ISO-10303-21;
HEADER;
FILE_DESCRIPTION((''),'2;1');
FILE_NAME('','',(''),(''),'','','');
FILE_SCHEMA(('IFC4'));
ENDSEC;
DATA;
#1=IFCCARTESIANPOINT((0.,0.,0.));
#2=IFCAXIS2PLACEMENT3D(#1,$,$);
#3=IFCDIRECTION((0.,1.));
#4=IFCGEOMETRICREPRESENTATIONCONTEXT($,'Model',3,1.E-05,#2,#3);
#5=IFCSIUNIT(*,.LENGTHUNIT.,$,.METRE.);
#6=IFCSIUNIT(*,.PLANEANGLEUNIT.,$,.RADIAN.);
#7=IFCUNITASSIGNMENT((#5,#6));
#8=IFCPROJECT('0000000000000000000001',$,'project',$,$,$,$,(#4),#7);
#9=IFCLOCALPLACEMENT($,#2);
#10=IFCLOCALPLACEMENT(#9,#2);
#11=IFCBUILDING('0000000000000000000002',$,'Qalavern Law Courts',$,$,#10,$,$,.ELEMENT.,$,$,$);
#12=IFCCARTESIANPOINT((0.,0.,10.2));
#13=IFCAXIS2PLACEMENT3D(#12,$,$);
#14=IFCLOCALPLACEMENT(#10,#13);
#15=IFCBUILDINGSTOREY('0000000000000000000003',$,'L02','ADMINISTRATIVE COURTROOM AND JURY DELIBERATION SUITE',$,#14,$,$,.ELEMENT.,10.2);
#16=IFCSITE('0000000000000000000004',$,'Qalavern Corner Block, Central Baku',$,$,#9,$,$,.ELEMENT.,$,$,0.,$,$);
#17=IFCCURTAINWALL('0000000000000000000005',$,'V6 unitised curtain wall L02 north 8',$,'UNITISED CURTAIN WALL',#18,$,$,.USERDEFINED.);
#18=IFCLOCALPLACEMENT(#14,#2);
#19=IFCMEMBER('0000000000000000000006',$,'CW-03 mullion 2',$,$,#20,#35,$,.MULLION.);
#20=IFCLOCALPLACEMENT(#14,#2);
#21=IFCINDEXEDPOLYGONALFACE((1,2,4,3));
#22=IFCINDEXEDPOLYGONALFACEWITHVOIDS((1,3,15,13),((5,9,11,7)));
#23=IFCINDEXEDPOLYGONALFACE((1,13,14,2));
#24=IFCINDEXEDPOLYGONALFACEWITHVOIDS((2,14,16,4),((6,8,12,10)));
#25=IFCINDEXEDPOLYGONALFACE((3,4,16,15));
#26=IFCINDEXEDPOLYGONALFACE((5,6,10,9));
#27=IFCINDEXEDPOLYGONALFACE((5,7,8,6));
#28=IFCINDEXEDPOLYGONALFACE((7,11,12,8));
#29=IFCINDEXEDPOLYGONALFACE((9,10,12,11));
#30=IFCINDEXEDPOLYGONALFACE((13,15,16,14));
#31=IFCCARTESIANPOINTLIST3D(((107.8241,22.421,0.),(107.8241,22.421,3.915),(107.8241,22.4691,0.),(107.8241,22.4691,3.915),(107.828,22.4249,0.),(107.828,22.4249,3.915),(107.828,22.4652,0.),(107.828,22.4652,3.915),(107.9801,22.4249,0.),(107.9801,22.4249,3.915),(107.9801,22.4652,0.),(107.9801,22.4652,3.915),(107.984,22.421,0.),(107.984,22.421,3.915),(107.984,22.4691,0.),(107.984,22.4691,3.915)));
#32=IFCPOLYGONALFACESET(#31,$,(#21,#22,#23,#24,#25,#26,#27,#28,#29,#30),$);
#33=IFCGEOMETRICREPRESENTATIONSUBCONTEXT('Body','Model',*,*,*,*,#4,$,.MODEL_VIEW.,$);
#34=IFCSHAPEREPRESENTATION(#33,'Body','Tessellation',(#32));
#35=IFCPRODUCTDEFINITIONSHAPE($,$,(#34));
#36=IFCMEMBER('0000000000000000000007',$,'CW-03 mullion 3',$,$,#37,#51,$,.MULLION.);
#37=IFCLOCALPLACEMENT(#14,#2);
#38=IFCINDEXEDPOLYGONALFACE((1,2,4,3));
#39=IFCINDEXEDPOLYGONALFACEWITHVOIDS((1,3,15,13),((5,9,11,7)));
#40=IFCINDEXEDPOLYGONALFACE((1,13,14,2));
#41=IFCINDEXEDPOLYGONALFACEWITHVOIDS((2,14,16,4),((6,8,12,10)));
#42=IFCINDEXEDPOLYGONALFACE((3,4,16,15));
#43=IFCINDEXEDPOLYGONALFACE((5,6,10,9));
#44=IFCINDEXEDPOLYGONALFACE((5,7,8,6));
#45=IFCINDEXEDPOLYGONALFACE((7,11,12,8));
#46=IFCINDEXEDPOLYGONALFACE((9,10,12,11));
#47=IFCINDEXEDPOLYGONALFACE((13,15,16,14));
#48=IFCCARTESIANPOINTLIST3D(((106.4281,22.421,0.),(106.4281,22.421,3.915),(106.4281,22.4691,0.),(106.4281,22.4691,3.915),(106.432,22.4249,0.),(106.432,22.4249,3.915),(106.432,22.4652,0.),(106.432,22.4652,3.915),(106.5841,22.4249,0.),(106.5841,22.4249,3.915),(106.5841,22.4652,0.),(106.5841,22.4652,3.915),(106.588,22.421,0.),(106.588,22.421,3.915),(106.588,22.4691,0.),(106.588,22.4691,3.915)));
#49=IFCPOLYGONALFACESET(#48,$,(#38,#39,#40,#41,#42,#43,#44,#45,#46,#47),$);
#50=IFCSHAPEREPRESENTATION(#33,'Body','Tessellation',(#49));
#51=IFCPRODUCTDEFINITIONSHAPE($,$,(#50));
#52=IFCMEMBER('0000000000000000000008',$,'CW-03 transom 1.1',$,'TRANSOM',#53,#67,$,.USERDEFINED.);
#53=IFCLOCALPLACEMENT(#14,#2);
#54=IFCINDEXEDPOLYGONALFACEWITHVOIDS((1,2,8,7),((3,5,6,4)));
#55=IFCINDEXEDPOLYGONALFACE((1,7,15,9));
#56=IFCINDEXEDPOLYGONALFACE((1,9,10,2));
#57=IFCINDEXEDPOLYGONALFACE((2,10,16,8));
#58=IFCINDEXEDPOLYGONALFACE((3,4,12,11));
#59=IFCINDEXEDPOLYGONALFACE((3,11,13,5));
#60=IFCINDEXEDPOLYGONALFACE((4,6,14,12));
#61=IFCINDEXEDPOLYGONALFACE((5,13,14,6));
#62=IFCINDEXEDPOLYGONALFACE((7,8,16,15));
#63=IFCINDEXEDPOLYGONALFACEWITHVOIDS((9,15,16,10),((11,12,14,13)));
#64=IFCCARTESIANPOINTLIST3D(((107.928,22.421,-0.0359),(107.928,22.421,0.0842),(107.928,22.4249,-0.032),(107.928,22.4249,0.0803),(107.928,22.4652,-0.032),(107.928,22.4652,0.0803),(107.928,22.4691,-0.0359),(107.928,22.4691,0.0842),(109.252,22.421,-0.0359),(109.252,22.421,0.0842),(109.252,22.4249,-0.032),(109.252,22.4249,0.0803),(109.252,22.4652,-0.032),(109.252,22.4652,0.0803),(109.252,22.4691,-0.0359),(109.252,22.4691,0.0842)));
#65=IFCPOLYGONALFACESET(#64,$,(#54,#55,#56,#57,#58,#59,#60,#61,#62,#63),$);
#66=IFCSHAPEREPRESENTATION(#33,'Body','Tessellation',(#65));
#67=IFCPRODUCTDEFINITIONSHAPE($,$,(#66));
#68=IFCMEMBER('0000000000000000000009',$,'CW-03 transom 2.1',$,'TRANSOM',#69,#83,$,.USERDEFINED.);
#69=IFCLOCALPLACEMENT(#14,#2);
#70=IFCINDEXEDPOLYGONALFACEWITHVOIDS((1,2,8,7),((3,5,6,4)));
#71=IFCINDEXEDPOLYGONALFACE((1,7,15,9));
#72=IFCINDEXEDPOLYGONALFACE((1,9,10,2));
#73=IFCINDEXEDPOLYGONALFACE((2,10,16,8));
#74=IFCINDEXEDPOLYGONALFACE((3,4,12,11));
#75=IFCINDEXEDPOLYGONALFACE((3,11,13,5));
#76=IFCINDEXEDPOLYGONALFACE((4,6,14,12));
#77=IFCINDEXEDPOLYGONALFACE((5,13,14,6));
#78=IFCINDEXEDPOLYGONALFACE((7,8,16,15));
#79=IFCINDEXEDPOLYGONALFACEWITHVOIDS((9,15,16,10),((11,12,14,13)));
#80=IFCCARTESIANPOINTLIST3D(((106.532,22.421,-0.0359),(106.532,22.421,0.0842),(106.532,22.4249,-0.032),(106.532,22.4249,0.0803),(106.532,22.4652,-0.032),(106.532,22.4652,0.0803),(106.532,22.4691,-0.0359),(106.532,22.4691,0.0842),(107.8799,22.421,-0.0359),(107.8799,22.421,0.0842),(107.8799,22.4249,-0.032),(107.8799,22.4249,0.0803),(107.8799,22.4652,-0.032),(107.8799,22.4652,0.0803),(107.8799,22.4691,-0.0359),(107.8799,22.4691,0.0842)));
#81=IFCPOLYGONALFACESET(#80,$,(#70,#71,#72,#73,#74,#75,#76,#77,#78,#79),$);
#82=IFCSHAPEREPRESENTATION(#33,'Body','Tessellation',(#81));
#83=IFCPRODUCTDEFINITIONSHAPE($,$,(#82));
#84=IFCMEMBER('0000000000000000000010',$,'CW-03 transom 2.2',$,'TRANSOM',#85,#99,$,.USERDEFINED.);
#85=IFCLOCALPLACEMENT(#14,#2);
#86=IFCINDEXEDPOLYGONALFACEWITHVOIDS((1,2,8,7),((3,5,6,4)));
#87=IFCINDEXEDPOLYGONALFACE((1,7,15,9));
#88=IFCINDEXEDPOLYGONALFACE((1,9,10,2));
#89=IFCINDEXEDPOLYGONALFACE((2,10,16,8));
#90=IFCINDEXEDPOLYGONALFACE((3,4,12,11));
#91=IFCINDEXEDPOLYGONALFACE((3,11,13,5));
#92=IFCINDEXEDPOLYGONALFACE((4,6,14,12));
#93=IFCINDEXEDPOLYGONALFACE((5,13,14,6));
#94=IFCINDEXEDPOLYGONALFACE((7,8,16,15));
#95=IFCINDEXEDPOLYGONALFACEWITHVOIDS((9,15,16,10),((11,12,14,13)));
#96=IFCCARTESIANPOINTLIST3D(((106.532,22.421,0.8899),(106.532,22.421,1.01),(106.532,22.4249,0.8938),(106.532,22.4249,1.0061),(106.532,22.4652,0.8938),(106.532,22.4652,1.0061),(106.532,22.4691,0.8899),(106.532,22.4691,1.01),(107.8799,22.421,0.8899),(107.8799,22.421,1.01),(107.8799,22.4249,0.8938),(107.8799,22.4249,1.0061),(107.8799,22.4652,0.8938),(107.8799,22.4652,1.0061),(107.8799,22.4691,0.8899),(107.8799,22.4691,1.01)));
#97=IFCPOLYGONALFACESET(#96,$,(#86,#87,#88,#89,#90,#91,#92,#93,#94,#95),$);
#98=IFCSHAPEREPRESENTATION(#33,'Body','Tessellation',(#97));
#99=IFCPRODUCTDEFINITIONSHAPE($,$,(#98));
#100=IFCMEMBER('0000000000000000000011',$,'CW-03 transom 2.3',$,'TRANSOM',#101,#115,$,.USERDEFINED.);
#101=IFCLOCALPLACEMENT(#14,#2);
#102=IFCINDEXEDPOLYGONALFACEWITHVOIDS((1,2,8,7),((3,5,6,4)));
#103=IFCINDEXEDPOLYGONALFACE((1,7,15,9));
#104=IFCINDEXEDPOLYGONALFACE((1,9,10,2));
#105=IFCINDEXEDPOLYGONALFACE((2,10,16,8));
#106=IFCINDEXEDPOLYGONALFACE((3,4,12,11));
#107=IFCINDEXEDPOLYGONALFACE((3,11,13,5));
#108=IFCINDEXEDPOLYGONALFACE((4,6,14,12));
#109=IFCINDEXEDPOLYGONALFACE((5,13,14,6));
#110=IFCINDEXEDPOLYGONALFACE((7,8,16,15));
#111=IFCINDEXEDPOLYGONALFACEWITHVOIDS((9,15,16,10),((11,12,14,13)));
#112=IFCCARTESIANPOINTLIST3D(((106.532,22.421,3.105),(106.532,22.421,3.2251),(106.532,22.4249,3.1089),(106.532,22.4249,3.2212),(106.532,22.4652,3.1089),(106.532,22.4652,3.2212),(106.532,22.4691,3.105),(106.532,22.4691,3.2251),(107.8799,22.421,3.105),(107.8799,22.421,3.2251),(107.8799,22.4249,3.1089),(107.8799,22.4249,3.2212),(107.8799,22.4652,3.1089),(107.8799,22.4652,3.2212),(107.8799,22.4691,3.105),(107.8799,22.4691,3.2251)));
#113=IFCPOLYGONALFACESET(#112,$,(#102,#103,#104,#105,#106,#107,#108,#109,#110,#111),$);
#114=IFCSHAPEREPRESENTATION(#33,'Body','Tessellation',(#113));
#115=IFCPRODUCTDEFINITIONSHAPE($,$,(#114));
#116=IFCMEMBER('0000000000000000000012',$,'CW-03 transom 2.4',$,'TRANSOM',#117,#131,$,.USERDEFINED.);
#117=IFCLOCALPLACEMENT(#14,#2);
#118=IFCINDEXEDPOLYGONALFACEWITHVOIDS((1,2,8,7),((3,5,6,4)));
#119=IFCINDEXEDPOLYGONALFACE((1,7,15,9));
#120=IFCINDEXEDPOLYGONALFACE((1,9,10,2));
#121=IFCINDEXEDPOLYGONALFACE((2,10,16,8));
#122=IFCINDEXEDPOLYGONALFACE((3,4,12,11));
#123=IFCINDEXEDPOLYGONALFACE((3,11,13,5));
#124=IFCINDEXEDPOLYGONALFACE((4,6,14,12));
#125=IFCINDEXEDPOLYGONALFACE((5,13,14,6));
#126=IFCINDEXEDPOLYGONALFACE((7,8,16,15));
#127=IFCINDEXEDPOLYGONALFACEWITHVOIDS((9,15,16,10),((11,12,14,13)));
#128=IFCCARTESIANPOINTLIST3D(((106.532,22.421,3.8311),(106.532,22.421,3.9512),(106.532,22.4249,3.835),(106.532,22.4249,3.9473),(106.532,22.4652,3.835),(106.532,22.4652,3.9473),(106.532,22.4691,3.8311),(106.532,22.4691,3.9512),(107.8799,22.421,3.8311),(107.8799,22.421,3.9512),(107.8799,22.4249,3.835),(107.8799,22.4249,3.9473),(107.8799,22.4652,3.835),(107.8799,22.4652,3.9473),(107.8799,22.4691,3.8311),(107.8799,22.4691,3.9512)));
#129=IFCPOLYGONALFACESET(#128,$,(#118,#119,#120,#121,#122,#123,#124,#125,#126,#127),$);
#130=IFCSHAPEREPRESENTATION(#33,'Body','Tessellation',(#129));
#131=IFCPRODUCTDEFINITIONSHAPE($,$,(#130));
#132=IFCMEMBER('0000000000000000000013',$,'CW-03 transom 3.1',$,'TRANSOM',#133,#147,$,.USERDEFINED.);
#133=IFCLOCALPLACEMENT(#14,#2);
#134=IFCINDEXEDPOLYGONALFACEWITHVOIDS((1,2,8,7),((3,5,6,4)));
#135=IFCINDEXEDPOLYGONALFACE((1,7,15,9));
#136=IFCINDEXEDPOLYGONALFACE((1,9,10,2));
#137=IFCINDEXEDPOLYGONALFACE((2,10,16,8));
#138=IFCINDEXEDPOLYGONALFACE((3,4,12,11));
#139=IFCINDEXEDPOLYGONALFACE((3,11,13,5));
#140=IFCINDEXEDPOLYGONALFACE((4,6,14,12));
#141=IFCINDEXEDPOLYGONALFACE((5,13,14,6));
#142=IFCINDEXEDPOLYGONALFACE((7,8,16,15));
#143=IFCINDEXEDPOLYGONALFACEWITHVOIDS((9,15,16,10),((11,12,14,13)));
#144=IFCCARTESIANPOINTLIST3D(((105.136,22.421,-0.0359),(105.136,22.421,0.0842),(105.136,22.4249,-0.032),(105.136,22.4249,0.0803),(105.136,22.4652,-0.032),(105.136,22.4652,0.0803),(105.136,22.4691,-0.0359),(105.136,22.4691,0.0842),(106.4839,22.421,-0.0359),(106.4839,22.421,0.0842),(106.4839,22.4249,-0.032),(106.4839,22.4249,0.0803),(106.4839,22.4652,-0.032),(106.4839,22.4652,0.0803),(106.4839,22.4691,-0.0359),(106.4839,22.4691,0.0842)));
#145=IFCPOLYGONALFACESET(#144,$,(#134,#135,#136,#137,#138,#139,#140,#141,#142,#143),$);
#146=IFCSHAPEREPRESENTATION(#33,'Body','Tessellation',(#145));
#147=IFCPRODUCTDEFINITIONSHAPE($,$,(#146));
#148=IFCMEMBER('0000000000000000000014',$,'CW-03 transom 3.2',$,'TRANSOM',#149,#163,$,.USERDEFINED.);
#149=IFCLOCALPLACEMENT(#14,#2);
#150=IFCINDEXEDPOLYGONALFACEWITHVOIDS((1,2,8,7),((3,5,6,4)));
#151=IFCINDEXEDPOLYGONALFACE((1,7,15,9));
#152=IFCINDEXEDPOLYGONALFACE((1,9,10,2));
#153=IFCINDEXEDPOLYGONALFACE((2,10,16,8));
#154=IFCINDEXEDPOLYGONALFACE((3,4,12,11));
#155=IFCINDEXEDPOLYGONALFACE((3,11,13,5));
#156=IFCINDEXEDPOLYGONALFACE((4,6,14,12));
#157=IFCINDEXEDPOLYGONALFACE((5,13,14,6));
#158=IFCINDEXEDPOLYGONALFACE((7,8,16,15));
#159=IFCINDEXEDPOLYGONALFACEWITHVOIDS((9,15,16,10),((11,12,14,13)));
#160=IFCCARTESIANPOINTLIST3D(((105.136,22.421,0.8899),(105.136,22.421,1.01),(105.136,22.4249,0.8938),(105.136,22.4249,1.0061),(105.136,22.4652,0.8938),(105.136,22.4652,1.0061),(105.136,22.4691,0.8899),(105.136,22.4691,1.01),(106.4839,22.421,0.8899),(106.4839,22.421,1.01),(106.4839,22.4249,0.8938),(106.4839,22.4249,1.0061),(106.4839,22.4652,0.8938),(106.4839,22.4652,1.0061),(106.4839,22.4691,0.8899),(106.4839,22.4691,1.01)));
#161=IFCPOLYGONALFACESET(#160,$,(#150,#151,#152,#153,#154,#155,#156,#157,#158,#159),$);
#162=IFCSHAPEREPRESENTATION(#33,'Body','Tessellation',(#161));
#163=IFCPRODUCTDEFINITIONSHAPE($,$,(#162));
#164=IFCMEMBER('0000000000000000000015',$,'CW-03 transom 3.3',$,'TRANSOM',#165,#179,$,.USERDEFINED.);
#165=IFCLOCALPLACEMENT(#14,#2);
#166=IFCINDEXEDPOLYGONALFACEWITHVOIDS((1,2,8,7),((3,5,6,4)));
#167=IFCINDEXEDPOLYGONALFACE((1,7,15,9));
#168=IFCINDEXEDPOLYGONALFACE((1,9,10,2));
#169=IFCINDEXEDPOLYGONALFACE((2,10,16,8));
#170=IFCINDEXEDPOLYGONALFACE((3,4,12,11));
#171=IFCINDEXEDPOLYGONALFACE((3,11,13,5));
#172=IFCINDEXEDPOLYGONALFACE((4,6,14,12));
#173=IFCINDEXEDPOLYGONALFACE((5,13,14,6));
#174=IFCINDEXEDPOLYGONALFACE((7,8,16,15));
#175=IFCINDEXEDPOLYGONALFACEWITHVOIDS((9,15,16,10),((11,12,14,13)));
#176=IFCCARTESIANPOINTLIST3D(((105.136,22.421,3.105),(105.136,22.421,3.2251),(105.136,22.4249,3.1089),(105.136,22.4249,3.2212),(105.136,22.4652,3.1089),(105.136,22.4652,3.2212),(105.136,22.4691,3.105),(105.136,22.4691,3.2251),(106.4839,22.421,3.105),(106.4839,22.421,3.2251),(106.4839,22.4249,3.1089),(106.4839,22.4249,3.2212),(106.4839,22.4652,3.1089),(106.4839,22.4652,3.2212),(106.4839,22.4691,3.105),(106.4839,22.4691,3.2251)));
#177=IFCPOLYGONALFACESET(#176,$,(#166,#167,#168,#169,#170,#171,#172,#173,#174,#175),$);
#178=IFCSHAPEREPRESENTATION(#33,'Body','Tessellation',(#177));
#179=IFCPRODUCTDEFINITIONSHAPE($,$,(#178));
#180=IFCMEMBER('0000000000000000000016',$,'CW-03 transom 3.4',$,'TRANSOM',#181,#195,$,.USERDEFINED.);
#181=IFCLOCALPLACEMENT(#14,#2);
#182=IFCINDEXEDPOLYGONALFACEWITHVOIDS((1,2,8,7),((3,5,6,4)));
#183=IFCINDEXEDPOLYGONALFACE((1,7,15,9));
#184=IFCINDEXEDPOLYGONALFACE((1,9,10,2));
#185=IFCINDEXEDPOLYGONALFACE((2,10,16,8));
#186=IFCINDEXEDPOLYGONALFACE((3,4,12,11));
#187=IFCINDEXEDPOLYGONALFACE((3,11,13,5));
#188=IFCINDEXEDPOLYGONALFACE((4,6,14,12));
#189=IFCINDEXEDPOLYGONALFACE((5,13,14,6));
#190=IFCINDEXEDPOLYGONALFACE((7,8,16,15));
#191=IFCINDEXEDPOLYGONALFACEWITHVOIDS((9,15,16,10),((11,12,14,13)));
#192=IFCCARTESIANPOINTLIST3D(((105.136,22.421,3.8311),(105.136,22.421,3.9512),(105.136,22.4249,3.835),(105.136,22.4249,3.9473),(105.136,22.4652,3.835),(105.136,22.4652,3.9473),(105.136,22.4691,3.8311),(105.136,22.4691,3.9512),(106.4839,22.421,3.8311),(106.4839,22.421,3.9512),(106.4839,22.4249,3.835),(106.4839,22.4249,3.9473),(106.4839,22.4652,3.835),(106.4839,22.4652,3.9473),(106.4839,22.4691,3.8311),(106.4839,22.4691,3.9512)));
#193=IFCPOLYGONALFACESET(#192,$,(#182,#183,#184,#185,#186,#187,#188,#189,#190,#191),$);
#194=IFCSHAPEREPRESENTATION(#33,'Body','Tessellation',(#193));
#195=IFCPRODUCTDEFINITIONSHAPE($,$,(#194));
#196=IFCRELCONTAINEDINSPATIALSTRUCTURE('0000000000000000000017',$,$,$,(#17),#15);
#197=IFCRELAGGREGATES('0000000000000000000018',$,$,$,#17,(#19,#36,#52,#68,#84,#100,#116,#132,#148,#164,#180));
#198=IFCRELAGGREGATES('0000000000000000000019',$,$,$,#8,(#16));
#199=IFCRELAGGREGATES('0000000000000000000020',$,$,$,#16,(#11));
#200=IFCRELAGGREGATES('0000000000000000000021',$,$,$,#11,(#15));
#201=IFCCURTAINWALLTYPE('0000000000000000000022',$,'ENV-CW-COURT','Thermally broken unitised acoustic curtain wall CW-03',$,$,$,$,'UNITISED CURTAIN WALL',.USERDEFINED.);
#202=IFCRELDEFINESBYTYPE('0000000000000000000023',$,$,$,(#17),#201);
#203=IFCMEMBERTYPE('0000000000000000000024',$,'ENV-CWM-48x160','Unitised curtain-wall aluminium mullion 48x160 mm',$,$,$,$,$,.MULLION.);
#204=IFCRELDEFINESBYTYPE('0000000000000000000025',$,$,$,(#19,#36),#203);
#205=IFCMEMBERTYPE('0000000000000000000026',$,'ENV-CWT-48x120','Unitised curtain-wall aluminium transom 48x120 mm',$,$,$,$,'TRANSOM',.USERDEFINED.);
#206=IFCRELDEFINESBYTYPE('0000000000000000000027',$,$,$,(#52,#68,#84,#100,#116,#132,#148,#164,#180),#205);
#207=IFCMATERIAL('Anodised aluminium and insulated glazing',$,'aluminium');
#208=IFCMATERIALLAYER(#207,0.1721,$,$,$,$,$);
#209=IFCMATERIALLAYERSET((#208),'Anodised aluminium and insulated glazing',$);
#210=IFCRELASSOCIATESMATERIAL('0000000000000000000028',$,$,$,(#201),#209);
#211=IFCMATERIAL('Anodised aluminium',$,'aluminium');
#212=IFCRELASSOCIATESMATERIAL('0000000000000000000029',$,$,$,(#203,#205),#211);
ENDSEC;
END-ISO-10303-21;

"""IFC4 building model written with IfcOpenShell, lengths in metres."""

from ifc_helpers import new_model, si_unit, direction, frame, origin, origin_2d, place, context, subcontext, project, spatial, hollow_rectangle, extrude, material, layer, layer_set, material_profile, profile_set, type_object, element, aggregate, save


model = new_model("IFC4")

# Units and contexts
model_context = context("Model", 3, precision=1e-05, world=origin(), true_north=direction((0.0, 1.0)))
body_context = subcontext(model_context, "Body", "Model", "MODEL_VIEW")
ifc_project = project(units=[si_unit("LENGTHUNIT", "METRE"), si_unit("PLANEANGLEUNIT", "RADIAN")], contexts=[model_context])

# Site, building, storey
site_placement = place(None, origin())
site = spatial("IfcSite", under=ifc_project, at=site_placement, Name="Qalavern Corner Block, Central Baku", CompositionType="ELEMENT", RefElevation=0.0)
building_placement = place(site_placement, origin())
building = spatial("IfcBuilding", under=site, at=building_placement, Name="Qalavern Law Courts", CompositionType="ELEMENT")
storey_placement = place(building_placement, frame((0.0, 0.0, 10.2)))
storey = spatial("IfcBuildingStorey", under=building, at=storey_placement, Name="L02", Description="ADMINISTRATIVE COURTROOM AND JURY DELIBERATION SUITE", CompositionType="ELEMENT", Elevation=10.2)

# Curtain wall, members
ifc_material_1 = material(Name="Anodised aluminium and insulated glazing", Category="aluminium")
ifc_layer_1 = layer(ifc_material_1, 0.1721)
ifc_layer_set_1 = layer_set([ifc_layer_1], Name="Anodised aluminium and insulated glazing")
curtain_wall_type = type_object("IfcCurtainWallType", Name="ENV-CW-COURT", Description="Thermally broken unitised acoustic curtain wall CW-03", ElementType="UNITISED CURTAIN WALL", PredefinedType="USERDEFINED", material=ifc_layer_set_1)
curtain_wall_placement = place(storey_placement, origin())
curtain_wall = element("IfcCurtainWall", 1, at=curtain_wall_placement, inside=storey, type_object=curtain_wall_type, Name="V6 unitised curtain wall L02 north 8", ObjectType="UNITISED CURTAIN WALL", PredefinedType="USERDEFINED")
ifc_material_2 = material(Name="Anodised aluminium", Category="aluminium")
ifc_material_profile_1 = material_profile(ifc_material_2, hollow_rectangle(XDim=0.0481, YDim=0.1599, WallThickness=0.0039, at=origin_2d()), Name="ALU MULLION 48x160")
ifc_profile_set_1 = profile_set([ifc_material_profile_1], Name="Anodised aluminium")
member_type_1 = type_object("IfcMemberType", Name="ENV-CWM-48x160", Description="Unitised curtain-wall aluminium mullion 48x160 mm", PredefinedType="MULLION", material=ifc_profile_set_1)
member_1_placement = place(storey_placement, frame((107.9041, 22.4451, 0.0), z_axis=(0.0, 0.0, 1.0), x_axis=(0.0, -1.0, 0.0)))
member_1 = element("IfcMember", 2, at=member_1_placement, type_object=member_type_1, Name="CW-03 mullion 2", PredefinedType="MULLION", context=body_context, shape_type="SweptSolid", body=[
    extrude(hollow_rectangle(XDim=0.0481, YDim=0.1599, WallThickness=0.0039, at=origin_2d()), origin(), (0.0, 0.0, 1.0), 3.915),
])
member_2_placement = place(storey_placement, frame((106.5081, 22.4451, 0.0), z_axis=(0.0, 0.0, 1.0), x_axis=(0.0, -1.0, 0.0)))
member_2 = element("IfcMember", 3, at=member_2_placement, type_object=member_type_1, Name="CW-03 mullion 3", PredefinedType="MULLION", context=body_context, shape_type="SweptSolid", body=[
    extrude(hollow_rectangle(XDim=0.0481, YDim=0.1599, WallThickness=0.0039, at=origin_2d()), origin(), (0.0, 0.0, 1.0), 3.915),
])
ifc_material_profile_2 = material_profile(ifc_material_2, hollow_rectangle(XDim=0.0481, YDim=0.1201, WallThickness=0.0039, at=origin_2d()), Name="ALU TRANSOM 48x120")
ifc_profile_set_2 = profile_set([ifc_material_profile_2], Name="Anodised aluminium")
member_type_2 = type_object("IfcMemberType", Name="ENV-CWT-48x120", Description="Unitised curtain-wall aluminium transom 48x120 mm", ElementType="TRANSOM", PredefinedType="USERDEFINED", material=ifc_profile_set_2)
member_3_placement = place(storey_placement, frame((109.252, 22.4451, 0.0242), z_axis=(-1.0, 0.0, 0.0), x_axis=(0.0, -1.0, 0.0)))
member_3 = element("IfcMember", 4, at=member_3_placement, type_object=member_type_2, Name="CW-03 transom 1.1", ObjectType="TRANSOM", PredefinedType="USERDEFINED", context=body_context, shape_type="SweptSolid", body=[
    extrude(hollow_rectangle(XDim=0.0481, YDim=0.1201, WallThickness=0.0039, at=origin_2d()), origin(), (0.0, 0.0, 1.0), 1.324),
])
member_4_placement = place(storey_placement, frame((107.8799, 22.4451, 0.0242), z_axis=(-1.0, 0.0, 0.0), x_axis=(0.0, -1.0, 0.0)))
member_4 = element("IfcMember", 5, at=member_4_placement, type_object=member_type_2, Name="CW-03 transom 2.1", ObjectType="TRANSOM", PredefinedType="USERDEFINED", context=body_context, shape_type="SweptSolid", body=[
    extrude(hollow_rectangle(XDim=0.0481, YDim=0.1201, WallThickness=0.0039, at=origin_2d()), origin(), (0.0, 0.0, 1.0), 1.3479),
])
member_5_placement = place(storey_placement, frame((107.8799, 22.4451, 0.95), z_axis=(-1.0, 0.0, 0.0), x_axis=(0.0, -1.0, 0.0)))
member_5 = element("IfcMember", 6, at=member_5_placement, type_object=member_type_2, Name="CW-03 transom 2.2", ObjectType="TRANSOM", PredefinedType="USERDEFINED", context=body_context, shape_type="SweptSolid", body=[
    extrude(hollow_rectangle(XDim=0.0481, YDim=0.1201, WallThickness=0.0039, at=origin_2d()), origin(), (0.0, 0.0, 1.0), 1.3479),
])
member_6_placement = place(storey_placement, frame((107.8799, 22.4451, 3.165), z_axis=(-1.0, 0.0, 0.0), x_axis=(0.0, -1.0, 0.0)))
member_6 = element("IfcMember", 7, at=member_6_placement, type_object=member_type_2, Name="CW-03 transom 2.3", ObjectType="TRANSOM", PredefinedType="USERDEFINED", context=body_context, shape_type="SweptSolid", body=[
    extrude(hollow_rectangle(XDim=0.0481, YDim=0.1201, WallThickness=0.0039, at=origin_2d()), origin(), (0.0, 0.0, 1.0), 1.3479),
])
member_7_placement = place(storey_placement, frame((107.8799, 22.4451, 3.8911), z_axis=(-1.0, 0.0, 0.0), x_axis=(0.0, -1.0, 0.0)))
member_7 = element("IfcMember", 8, at=member_7_placement, type_object=member_type_2, Name="CW-03 transom 2.4", ObjectType="TRANSOM", PredefinedType="USERDEFINED", context=body_context, shape_type="SweptSolid", body=[
    extrude(hollow_rectangle(XDim=0.0481, YDim=0.1201, WallThickness=0.0039, at=origin_2d()), origin(), (0.0, 0.0, 1.0), 1.3479),
])
member_8_placement = place(storey_placement, frame((106.4839, 22.4451, 0.0242), z_axis=(-1.0, 0.0, 0.0), x_axis=(0.0, -1.0, 0.0)))
member_8 = element("IfcMember", 9, at=member_8_placement, type_object=member_type_2, Name="CW-03 transom 3.1", ObjectType="TRANSOM", PredefinedType="USERDEFINED", context=body_context, shape_type="SweptSolid", body=[
    extrude(hollow_rectangle(XDim=0.0481, YDim=0.1201, WallThickness=0.0039, at=origin_2d()), origin(), (0.0, 0.0, 1.0), 1.3479),
])
member_9_placement = place(storey_placement, frame((106.4839, 22.4451, 0.95), z_axis=(-1.0, 0.0, 0.0), x_axis=(0.0, -1.0, 0.0)))
member_9 = element("IfcMember", 10, at=member_9_placement, type_object=member_type_2, Name="CW-03 transom 3.2", ObjectType="TRANSOM", PredefinedType="USERDEFINED", context=body_context, shape_type="SweptSolid", body=[
    extrude(hollow_rectangle(XDim=0.0481, YDim=0.1201, WallThickness=0.0039, at=origin_2d()), origin(), (0.0, 0.0, 1.0), 1.3479),
])
member_10_placement = place(storey_placement, frame((106.4839, 22.4451, 3.165), z_axis=(-1.0, 0.0, 0.0), x_axis=(0.0, -1.0, 0.0)))
member_10 = element("IfcMember", 11, at=member_10_placement, type_object=member_type_2, Name="CW-03 transom 3.3", ObjectType="TRANSOM", PredefinedType="USERDEFINED", context=body_context, shape_type="SweptSolid", body=[
    extrude(hollow_rectangle(XDim=0.0481, YDim=0.1201, WallThickness=0.0039, at=origin_2d()), origin(), (0.0, 0.0, 1.0), 1.3479),
])
member_11_placement = place(storey_placement, frame((106.4839, 22.4451, 3.8911), z_axis=(-1.0, 0.0, 0.0), x_axis=(0.0, -1.0, 0.0)))
member_11 = element("IfcMember", 12, at=member_11_placement, type_object=member_type_2, Name="CW-03 transom 3.4", ObjectType="TRANSOM", PredefinedType="USERDEFINED", context=body_context, shape_type="SweptSolid", body=[
    extrude(hollow_rectangle(XDim=0.0481, YDim=0.1201, WallThickness=0.0039, at=origin_2d()), origin(), (0.0, 0.0, 1.0), 1.3479),
])
aggregate(curtain_wall, [member_1, member_2, member_3, member_4, member_5, member_6, member_7, member_8, member_9, member_10, member_11])

save(model, "model.ifc")
